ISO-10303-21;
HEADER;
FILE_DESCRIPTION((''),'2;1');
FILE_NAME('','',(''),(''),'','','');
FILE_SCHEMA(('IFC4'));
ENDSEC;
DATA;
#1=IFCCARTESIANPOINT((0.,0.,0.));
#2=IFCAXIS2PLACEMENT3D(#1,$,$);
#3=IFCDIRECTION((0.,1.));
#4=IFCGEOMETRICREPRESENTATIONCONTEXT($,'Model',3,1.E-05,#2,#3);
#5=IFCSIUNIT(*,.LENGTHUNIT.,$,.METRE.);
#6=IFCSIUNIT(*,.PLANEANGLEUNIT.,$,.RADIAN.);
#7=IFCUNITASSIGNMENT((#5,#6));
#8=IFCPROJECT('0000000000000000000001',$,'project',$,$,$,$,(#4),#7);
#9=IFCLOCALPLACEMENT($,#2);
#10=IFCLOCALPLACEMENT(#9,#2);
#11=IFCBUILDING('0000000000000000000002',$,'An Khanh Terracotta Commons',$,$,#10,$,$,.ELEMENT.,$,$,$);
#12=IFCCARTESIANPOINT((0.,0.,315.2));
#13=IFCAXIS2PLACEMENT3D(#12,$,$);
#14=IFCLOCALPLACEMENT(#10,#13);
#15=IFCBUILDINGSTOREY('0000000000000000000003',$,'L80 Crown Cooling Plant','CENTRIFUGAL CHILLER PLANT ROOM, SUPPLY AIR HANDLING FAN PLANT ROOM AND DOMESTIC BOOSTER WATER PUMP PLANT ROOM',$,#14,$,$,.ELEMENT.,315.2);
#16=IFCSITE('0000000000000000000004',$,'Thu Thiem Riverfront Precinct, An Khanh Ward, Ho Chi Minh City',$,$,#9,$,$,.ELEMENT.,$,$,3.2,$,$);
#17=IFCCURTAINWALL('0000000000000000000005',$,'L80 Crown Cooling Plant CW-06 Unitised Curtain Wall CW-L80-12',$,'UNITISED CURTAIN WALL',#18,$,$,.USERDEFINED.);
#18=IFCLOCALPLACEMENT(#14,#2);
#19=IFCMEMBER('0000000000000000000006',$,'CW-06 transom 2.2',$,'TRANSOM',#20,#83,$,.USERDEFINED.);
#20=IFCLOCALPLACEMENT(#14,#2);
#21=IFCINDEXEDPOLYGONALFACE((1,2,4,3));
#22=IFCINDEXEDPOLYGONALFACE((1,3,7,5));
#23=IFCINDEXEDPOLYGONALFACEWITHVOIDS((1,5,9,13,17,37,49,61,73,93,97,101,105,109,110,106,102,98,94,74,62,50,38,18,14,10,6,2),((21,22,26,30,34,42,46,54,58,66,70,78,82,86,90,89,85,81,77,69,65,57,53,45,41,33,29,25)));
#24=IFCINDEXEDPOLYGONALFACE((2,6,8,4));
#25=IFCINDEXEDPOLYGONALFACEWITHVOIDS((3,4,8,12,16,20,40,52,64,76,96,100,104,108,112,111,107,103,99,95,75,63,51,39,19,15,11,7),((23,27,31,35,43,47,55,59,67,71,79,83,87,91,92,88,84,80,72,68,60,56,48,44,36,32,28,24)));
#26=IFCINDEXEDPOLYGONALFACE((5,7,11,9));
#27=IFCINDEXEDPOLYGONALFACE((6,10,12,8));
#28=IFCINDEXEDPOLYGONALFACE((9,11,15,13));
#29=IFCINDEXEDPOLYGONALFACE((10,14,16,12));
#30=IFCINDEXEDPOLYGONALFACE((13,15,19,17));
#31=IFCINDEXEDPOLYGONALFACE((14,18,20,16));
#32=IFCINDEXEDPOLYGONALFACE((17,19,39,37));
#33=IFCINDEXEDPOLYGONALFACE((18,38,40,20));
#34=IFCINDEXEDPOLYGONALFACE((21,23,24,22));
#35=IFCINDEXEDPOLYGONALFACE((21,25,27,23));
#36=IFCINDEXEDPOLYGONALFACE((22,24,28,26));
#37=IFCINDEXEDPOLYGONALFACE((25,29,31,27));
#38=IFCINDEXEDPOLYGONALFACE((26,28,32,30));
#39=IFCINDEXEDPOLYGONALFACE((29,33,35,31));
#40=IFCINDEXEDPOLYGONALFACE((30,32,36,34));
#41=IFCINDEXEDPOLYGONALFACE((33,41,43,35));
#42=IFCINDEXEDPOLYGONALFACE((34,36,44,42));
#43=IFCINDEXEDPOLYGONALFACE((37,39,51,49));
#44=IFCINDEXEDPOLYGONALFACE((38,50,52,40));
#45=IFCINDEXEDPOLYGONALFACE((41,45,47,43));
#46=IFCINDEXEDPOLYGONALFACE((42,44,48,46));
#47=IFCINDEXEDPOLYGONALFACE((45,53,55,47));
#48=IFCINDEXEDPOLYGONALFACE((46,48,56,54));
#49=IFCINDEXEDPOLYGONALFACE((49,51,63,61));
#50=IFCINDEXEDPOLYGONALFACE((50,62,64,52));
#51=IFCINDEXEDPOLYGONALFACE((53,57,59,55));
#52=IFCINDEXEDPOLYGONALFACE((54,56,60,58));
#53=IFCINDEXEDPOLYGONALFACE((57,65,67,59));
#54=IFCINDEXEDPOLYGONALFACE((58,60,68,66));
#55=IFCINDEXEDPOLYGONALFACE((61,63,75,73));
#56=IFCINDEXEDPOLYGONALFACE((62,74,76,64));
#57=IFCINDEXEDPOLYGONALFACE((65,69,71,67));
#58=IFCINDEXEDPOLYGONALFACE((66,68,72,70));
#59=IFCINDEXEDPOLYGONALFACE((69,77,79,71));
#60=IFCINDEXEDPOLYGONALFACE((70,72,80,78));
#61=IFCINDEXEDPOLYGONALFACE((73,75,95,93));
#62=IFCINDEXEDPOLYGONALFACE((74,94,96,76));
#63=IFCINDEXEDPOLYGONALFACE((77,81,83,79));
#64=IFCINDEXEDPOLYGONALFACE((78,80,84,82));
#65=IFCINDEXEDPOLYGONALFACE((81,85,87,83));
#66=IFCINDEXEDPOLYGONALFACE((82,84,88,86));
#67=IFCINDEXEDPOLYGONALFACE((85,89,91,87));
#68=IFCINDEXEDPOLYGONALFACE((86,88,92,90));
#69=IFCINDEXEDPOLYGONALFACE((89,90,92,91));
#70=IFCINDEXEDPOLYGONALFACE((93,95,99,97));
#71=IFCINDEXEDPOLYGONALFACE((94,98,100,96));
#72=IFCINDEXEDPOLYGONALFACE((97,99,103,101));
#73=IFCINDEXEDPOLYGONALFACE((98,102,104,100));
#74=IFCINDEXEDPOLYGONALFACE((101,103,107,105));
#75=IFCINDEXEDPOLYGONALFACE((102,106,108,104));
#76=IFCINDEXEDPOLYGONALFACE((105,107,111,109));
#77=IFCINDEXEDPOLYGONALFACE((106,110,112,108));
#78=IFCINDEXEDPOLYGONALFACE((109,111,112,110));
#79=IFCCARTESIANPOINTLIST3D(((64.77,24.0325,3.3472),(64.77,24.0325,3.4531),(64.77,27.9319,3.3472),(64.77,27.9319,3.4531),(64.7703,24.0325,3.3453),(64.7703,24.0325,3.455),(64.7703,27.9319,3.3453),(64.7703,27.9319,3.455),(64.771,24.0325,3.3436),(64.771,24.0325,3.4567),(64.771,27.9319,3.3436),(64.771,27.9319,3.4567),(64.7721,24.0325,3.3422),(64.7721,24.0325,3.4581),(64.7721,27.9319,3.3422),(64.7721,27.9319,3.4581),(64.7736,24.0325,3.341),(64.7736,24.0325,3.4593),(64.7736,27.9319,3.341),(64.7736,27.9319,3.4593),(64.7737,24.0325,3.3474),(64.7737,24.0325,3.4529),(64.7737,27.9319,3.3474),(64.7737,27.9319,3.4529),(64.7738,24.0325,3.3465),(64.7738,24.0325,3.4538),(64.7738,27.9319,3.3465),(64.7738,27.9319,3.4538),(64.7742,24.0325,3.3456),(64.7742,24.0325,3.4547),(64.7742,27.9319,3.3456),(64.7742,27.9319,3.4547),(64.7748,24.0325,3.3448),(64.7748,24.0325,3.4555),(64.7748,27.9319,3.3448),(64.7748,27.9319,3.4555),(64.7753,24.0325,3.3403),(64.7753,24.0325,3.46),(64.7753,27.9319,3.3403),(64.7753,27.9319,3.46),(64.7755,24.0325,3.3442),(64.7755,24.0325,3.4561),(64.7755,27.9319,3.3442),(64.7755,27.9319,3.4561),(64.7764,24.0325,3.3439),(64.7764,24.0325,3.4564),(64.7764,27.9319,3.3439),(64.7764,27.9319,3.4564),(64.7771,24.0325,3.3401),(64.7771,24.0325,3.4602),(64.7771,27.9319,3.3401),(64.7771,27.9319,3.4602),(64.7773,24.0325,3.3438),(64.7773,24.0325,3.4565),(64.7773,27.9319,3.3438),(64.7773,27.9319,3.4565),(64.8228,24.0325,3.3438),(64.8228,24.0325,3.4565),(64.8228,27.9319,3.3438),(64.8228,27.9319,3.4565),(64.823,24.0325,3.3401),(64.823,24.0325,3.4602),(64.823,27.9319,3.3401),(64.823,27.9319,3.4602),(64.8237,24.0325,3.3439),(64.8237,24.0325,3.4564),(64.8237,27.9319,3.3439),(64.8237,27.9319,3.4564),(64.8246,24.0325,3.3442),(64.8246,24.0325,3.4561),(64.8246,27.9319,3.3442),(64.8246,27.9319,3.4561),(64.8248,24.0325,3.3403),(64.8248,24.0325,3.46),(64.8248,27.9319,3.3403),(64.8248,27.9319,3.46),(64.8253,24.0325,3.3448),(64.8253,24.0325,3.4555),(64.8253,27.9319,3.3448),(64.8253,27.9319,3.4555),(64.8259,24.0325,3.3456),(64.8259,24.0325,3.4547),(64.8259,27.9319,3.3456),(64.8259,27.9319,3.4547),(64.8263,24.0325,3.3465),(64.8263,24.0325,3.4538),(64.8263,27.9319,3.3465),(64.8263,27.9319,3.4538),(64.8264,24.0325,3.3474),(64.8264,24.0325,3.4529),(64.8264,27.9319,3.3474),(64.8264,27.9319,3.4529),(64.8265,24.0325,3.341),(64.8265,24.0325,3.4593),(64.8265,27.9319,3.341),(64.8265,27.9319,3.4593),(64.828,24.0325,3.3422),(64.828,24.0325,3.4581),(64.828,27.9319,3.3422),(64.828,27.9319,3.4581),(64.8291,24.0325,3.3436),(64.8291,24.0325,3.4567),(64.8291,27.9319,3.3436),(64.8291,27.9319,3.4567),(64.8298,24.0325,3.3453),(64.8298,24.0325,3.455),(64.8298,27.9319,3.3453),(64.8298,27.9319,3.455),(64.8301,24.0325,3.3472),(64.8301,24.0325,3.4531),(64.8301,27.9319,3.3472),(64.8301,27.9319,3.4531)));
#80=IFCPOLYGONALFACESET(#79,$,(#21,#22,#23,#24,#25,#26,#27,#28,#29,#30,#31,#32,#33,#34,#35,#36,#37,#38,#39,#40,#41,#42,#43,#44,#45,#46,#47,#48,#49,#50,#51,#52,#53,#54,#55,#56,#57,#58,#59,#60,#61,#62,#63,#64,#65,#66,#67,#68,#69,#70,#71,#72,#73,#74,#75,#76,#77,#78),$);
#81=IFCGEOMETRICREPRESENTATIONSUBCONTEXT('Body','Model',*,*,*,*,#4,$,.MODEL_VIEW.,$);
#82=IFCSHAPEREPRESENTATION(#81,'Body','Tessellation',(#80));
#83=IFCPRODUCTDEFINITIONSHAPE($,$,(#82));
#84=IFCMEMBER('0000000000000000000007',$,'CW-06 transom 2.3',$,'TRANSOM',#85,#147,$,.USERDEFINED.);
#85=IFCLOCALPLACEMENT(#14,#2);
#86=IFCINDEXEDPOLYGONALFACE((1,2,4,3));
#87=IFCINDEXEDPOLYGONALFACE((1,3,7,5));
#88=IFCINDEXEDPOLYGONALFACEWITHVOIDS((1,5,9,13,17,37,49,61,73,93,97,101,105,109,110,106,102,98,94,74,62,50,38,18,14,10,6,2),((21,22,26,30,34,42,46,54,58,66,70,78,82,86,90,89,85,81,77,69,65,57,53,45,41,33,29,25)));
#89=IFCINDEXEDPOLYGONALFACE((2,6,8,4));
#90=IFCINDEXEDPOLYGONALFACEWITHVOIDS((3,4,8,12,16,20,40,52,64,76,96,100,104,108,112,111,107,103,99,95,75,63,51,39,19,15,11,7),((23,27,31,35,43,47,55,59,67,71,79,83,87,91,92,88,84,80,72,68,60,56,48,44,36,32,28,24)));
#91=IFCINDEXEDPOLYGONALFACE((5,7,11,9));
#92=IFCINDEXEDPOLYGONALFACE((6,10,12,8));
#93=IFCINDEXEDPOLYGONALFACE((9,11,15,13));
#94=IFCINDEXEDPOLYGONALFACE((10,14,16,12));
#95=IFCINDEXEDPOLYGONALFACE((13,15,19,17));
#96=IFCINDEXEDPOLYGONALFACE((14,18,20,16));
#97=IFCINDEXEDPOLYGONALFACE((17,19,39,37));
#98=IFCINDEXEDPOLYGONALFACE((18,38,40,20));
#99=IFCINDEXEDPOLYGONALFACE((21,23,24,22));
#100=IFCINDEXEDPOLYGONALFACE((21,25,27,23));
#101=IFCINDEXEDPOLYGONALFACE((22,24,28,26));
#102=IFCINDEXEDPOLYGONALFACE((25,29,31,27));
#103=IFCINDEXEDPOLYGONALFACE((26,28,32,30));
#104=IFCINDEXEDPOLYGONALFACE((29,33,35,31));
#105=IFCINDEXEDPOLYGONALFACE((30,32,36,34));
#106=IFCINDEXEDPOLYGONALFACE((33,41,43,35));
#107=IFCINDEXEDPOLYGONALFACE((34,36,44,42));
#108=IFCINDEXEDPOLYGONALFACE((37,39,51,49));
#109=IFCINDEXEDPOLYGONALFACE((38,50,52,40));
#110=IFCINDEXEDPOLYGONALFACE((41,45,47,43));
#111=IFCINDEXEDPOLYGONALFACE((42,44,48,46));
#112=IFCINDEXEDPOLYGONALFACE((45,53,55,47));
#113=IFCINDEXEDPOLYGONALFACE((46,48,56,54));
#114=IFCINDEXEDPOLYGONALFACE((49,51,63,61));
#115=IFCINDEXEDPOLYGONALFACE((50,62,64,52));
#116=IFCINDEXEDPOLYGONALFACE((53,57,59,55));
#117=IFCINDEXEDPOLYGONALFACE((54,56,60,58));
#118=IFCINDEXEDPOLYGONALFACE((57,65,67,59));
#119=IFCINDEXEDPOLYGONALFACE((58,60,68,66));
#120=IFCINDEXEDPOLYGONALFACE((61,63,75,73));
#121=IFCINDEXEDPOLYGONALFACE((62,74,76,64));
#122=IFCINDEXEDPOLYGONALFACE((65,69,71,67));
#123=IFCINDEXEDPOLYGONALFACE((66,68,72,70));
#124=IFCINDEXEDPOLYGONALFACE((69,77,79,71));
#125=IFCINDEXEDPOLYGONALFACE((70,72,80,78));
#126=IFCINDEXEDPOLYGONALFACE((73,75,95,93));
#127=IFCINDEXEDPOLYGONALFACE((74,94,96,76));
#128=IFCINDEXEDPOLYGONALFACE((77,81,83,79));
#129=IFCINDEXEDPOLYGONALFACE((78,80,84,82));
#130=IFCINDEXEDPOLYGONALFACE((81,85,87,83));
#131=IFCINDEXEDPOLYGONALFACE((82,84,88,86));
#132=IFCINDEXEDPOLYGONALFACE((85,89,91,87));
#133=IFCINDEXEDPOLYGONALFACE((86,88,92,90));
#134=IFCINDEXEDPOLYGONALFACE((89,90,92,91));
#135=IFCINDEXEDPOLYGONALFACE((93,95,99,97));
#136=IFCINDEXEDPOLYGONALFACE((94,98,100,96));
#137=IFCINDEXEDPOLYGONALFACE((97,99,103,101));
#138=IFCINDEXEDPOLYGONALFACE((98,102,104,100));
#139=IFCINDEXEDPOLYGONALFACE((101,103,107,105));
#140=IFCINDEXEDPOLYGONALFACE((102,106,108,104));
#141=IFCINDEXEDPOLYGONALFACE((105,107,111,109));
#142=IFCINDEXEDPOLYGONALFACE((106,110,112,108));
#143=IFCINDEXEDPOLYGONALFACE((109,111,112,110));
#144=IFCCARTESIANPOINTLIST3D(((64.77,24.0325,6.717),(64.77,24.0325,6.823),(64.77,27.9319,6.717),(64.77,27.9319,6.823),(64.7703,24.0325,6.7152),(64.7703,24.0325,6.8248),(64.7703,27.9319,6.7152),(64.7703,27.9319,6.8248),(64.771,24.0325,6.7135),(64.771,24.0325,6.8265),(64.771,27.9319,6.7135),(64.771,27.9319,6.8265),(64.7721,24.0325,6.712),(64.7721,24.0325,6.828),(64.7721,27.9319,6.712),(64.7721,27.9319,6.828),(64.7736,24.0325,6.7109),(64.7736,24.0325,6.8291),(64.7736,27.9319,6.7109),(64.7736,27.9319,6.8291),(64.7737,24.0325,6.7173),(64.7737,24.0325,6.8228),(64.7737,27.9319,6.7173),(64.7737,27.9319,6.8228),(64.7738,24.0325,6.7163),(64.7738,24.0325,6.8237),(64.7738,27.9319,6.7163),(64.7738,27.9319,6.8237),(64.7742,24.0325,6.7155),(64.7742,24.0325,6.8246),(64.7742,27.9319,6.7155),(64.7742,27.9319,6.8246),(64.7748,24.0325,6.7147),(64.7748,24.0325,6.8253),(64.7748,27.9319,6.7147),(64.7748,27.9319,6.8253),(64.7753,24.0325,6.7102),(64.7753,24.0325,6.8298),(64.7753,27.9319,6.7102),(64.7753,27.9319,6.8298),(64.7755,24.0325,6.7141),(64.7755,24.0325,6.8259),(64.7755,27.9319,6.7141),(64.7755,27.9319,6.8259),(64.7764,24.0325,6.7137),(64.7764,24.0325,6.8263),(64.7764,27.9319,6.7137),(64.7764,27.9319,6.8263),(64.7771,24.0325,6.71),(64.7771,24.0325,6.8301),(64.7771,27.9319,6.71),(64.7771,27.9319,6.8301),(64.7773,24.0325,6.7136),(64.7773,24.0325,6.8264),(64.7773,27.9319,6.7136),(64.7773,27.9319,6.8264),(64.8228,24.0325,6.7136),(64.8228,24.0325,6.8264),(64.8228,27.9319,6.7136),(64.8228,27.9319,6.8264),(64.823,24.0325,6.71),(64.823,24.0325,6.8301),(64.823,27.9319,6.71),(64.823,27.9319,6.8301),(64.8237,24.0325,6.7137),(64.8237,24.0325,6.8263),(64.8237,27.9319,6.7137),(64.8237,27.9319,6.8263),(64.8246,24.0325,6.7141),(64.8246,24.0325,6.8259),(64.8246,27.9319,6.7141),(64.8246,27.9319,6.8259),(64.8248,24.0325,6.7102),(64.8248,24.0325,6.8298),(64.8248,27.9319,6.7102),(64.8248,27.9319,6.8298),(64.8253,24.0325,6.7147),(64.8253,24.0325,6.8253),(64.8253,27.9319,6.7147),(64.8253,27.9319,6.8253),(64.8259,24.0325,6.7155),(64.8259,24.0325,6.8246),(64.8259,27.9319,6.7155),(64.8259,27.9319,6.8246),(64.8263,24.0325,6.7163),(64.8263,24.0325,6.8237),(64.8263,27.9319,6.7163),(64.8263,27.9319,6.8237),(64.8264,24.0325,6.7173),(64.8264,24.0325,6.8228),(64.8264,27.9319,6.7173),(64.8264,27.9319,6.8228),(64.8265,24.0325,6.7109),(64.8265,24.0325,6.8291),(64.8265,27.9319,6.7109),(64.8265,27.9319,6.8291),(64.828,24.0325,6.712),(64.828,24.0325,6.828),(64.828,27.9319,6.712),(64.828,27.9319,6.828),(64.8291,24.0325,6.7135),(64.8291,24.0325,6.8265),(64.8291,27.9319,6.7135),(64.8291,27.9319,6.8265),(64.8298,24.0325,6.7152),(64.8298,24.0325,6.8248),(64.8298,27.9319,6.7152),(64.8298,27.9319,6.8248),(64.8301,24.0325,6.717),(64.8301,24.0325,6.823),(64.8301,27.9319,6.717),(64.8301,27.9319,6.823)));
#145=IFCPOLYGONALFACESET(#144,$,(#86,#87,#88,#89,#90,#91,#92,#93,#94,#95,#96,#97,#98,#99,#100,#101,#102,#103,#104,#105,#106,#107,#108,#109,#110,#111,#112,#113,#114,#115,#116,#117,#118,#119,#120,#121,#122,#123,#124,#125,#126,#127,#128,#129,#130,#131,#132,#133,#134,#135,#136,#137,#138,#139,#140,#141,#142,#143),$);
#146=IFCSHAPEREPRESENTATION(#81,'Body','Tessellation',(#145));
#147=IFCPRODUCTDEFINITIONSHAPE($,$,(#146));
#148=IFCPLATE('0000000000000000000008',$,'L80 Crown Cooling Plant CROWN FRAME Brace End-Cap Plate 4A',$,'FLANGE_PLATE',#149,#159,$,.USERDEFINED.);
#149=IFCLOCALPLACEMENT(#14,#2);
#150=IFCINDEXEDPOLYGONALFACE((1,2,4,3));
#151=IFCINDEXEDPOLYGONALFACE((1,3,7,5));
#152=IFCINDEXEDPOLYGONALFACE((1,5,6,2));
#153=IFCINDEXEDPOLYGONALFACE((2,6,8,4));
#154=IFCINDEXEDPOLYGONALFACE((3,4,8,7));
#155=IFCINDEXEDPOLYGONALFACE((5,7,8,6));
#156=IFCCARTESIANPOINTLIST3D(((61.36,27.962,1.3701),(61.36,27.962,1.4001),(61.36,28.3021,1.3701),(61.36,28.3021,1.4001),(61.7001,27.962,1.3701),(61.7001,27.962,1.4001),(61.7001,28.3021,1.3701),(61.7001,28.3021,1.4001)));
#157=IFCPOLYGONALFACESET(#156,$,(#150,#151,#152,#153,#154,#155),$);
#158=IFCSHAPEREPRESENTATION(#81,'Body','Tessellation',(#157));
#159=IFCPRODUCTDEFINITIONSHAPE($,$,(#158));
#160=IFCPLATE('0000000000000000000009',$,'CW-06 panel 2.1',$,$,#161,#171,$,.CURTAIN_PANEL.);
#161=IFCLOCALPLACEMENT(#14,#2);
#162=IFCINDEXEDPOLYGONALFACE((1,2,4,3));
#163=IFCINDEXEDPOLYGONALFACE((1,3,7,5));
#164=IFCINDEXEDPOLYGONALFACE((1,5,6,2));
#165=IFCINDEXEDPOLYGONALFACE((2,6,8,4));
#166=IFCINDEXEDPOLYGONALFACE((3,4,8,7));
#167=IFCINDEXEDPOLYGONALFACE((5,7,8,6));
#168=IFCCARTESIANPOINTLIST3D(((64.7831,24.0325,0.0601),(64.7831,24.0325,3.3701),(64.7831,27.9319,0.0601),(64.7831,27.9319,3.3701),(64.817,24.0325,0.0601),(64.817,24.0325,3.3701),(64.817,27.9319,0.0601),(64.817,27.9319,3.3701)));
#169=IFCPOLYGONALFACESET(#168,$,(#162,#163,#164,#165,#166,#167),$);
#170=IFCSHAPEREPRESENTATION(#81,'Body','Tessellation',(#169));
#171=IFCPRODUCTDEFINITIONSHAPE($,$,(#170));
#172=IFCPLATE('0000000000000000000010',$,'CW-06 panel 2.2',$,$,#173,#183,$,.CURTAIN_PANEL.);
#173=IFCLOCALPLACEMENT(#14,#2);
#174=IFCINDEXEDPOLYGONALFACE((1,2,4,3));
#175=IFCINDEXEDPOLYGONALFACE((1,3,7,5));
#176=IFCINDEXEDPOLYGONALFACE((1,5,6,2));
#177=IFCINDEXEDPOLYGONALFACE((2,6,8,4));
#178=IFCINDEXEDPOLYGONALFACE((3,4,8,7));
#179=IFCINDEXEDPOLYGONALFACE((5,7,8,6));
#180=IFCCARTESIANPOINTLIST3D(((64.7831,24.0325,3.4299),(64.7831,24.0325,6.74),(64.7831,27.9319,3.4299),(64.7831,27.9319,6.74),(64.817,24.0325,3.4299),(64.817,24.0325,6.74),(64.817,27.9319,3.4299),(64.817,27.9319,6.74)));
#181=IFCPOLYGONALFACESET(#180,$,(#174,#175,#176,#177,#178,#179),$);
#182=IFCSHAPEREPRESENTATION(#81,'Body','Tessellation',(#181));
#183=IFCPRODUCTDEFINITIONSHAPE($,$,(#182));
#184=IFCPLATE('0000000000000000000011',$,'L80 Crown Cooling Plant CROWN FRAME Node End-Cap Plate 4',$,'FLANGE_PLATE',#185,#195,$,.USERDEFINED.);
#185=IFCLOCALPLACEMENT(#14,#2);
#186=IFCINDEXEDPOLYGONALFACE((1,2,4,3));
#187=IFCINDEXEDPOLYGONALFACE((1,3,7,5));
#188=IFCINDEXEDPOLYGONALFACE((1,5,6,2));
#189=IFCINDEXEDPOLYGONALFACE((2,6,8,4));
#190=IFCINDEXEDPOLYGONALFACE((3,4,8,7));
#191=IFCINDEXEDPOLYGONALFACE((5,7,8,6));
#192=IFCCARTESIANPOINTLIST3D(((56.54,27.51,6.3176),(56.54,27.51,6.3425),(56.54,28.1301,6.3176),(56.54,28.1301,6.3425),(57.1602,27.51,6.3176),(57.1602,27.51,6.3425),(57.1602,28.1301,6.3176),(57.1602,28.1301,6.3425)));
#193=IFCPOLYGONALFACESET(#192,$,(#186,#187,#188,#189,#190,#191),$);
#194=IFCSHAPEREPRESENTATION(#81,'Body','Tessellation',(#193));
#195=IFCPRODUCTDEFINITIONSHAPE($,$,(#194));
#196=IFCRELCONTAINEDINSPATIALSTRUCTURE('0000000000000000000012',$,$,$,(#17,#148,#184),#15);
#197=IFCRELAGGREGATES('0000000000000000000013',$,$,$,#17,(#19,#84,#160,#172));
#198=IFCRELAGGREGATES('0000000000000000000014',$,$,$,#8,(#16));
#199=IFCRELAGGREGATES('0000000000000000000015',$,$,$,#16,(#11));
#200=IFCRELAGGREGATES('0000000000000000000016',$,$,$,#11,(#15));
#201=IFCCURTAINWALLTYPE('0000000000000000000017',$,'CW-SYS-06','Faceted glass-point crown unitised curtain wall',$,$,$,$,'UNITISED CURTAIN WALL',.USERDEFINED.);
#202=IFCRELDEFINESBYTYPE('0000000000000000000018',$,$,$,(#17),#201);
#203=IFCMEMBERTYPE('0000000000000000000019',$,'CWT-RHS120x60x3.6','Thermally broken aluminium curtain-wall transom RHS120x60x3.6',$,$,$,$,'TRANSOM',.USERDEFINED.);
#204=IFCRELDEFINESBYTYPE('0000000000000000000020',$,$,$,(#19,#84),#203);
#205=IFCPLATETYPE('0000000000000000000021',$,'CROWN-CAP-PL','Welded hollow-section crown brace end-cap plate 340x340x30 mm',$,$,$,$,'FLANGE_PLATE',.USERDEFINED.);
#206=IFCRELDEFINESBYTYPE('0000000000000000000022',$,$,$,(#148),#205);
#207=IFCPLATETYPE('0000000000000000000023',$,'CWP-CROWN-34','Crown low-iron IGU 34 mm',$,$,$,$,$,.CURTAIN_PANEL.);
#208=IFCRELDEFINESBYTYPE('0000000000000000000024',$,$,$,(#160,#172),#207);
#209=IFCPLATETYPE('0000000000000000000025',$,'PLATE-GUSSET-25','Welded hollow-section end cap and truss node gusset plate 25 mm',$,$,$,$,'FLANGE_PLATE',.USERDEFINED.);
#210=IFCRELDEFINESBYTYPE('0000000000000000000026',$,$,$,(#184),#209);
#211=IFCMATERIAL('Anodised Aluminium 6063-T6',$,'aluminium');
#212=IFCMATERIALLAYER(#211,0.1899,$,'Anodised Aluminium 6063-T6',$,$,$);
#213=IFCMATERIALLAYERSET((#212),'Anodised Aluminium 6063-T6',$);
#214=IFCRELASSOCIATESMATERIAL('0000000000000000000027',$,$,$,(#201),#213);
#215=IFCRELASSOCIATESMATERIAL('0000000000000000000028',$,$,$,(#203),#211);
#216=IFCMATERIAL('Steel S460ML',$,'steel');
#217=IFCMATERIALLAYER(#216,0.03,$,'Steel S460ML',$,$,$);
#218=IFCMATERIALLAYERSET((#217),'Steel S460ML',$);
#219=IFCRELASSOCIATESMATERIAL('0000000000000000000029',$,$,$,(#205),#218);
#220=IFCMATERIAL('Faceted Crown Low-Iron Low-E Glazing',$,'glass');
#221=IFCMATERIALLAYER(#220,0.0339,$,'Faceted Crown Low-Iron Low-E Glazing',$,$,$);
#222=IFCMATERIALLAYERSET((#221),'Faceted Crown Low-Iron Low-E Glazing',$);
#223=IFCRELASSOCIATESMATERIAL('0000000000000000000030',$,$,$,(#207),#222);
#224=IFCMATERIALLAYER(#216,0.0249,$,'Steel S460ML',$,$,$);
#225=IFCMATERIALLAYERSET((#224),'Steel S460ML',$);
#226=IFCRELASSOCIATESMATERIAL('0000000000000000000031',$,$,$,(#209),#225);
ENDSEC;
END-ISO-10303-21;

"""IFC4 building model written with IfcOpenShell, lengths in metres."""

from ifc_helpers import new_model, si_unit, direction, frame, origin, origin_2d, place, context, subcontext, project, spatial, rectangle, hollow_rectangle, extrude, material, layer, layer_set, material_profile, profile_set, type_object, element, aggregate, save


model = new_model("IFC4")

# Units and contexts
model_context = context("Model", 3, precision=1e-05, world=origin(), true_north=direction((0.0, 1.0)))
body_context = subcontext(model_context, "Body", "Model", "MODEL_VIEW")
ifc_project = project(units=[si_unit("LENGTHUNIT", "METRE"), si_unit("PLANEANGLEUNIT", "RADIAN")], contexts=[model_context])

# Site, building, storey
site_placement = place(None, origin())
site = spatial("IfcSite", under=ifc_project, at=site_placement, Name="Thu Thiem Riverfront Precinct, An Khanh Ward, Ho Chi Minh City", CompositionType="ELEMENT", RefElevation=3.2)
building_placement = place(site_placement, origin())
building = spatial("IfcBuilding", under=site, at=building_placement, Name="An Khanh Terracotta Commons", CompositionType="ELEMENT")
storey_placement = place(building_placement, frame((0.0, 0.0, 315.2)))
storey = spatial("IfcBuildingStorey", under=building, at=storey_placement, Name="L80 Crown Cooling Plant", Description="CENTRIFUGAL CHILLER PLANT ROOM, SUPPLY AIR HANDLING FAN PLANT ROOM AND DOMESTIC BOOSTER WATER PUMP PLANT ROOM", CompositionType="ELEMENT", Elevation=315.2)

# Shared definitions
ifc_material_1 = material(Name="Steel S460ML", Category="steel")

# Curtain wall
ifc_material_2 = material(Name="Anodised Aluminium 6063-T6", Category="aluminium")
ifc_layer_1 = layer(ifc_material_2, 0.1899, Name="Anodised Aluminium 6063-T6")
ifc_layer_set_1 = layer_set([ifc_layer_1], Name="Anodised Aluminium 6063-T6")
curtain_wall_type = type_object("IfcCurtainWallType", Name="CW-SYS-06", Description="Faceted glass-point crown unitised curtain wall", ElementType="UNITISED CURTAIN WALL", PredefinedType="USERDEFINED", material=ifc_layer_set_1)
curtain_wall_1_placement = place(storey_placement, origin())
curtain_wall_1 = element("IfcCurtainWall", 1, at=curtain_wall_1_placement, inside=storey, type_object=curtain_wall_type, Name="L80 Crown Cooling Plant CW-06 Unitised Curtain Wall CW-L80-12", ObjectType="UNITISED CURTAIN WALL", PredefinedType="USERDEFINED")

# Members
ifc_material_profile_1 = material_profile(ifc_material_2, hollow_rectangle(XDim=0.0601, YDim=0.1201, WallThickness=0.0037, InnerFilletRadius=0.0037, OuterFilletRadius=0.0071, at=origin_2d()), Name="RHS120x60x3.6")
ifc_profile_set_1 = profile_set([ifc_material_profile_1], Name="Anodised Aluminium 6063-T6")
member_type_1 = type_object("IfcMemberType", Name="CWT-RHS120x60x3.6", Description="Thermally broken aluminium curtain-wall transom RHS120x60x3.6", ElementType="TRANSOM", PredefinedType="USERDEFINED", material=ifc_profile_set_1)
member_1_placement = place(storey_placement, frame((64.8, 24.0325, 3.4001), z_axis=(0.0, 1.0, 0.0), x_axis=(-1.0, 0.0, 0.0)))
member_1 = element("IfcMember", 2, at=member_1_placement, type_object=member_type_1, Name="CW-06 transom 2.2", ObjectType="TRANSOM", PredefinedType="USERDEFINED", context=body_context, shape_type="SweptSolid", body=[
    extrude(hollow_rectangle(XDim=0.0601, YDim=0.1201, WallThickness=0.0037, InnerFilletRadius=0.0037, OuterFilletRadius=0.0071, at=origin_2d()), origin(), (0.0, 0.0, 1.0), 3.8994),
])
member_2_placement = place(storey_placement, frame((64.8, 24.0325, 6.77), z_axis=(0.0, 1.0, 0.0), x_axis=(-1.0, 0.0, 0.0)))
member_2 = element("IfcMember", 3, at=member_2_placement, type_object=member_type_1, Name="CW-06 transom 2.3", ObjectType="TRANSOM", PredefinedType="USERDEFINED", context=body_context, shape_type="SweptSolid", body=[
    extrude(hollow_rectangle(XDim=0.0601, YDim=0.1201, WallThickness=0.0037, InnerFilletRadius=0.0037, OuterFilletRadius=0.0071, at=origin_2d()), origin(), (0.0, 0.0, 1.0), 3.8994),
])

# Plates
ifc_layer_2 = layer(ifc_material_1, 0.03, Name="Steel S460ML")
ifc_layer_set_2 = layer_set([ifc_layer_2], Name="Steel S460ML")
plate_type_1 = type_object("IfcPlateType", Name="CROWN-CAP-PL", Description="Welded hollow-section crown brace end-cap plate 340x340x30 mm", ElementType="FLANGE_PLATE", PredefinedType="USERDEFINED", material=ifc_layer_set_2)
plate_1_placement = place(storey_placement, frame((61.53, 28.1321, 1.3701), z_axis=(0.0, 0.0, 1.0), x_axis=(1.0, 0.0, 0.0)))
element("IfcPlate", 4, at=plate_1_placement, inside=storey, type_object=plate_type_1, Name="L80 Crown Cooling Plant CROWN FRAME Brace End-Cap Plate 4A", ObjectType="FLANGE_PLATE", PredefinedType="USERDEFINED", context=body_context, shape_type="SweptSolid", body=[
    extrude(rectangle(XDim=0.3401, YDim=0.3401, at=origin_2d()), origin(), (0.0, 0.0, 1.0), 0.03),
])
ifc_material_3 = material(Name="Faceted Crown Low-Iron Low-E Glazing", Category="glass")
ifc_layer_3 = layer(ifc_material_3, 0.0339, Name="Faceted Crown Low-Iron Low-E Glazing")
ifc_layer_set_3 = layer_set([ifc_layer_3], Name="Faceted Crown Low-Iron Low-E Glazing")
plate_type_2 = type_object("IfcPlateType", Name="CWP-CROWN-34", Description="Crown low-iron IGU 34 mm", PredefinedType="CURTAIN_PANEL", material=ifc_layer_set_3)
plate_2_placement = place(storey_placement, frame((64.8, 25.9822, 0.0601), z_axis=(0.0, 0.0, 1.0), x_axis=(0.0, 1.0, 0.0)))
plate_2 = element("IfcPlate", 5, at=plate_2_placement, type_object=plate_type_2, Name="CW-06 panel 2.1", PredefinedType="CURTAIN_PANEL", context=body_context, shape_type="SweptSolid", body=[
    extrude(rectangle(XDim=3.8994, YDim=0.0339, at=origin_2d()), origin(), (0.0, 0.0, 1.0), 3.3101),
])
plate_3_placement = place(storey_placement, frame((64.8, 25.9822, 3.4299), z_axis=(0.0, 0.0, 1.0), x_axis=(0.0, 1.0, 0.0)))
plate_3 = element("IfcPlate", 6, at=plate_3_placement, type_object=plate_type_2, Name="CW-06 panel 2.2", PredefinedType="CURTAIN_PANEL", context=body_context, shape_type="SweptSolid", body=[
    extrude(rectangle(XDim=3.8994, YDim=0.0339, at=origin_2d()), origin(), (0.0, 0.0, 1.0), 3.3101),
])
aggregate(curtain_wall_1, [member_1, member_2, plate_2, plate_3])
ifc_layer_4 = layer(ifc_material_1, 0.0249, Name="Steel S460ML")
ifc_layer_set_4 = layer_set([ifc_layer_4], Name="Steel S460ML")
plate_type_3 = type_object("IfcPlateType", Name="PLATE-GUSSET-25", Description="Welded hollow-section end cap and truss node gusset plate 25 mm", ElementType="FLANGE_PLATE", PredefinedType="USERDEFINED", material=ifc_layer_set_4)
plate_4_placement = place(storey_placement, frame((56.8501, 27.8201, 6.3176), z_axis=(0.0, 0.0, 1.0), x_axis=(1.0, 0.0, 0.0)))
element("IfcPlate", 7, at=plate_4_placement, inside=storey, type_object=plate_type_3, Name="L80 Crown Cooling Plant CROWN FRAME Node End-Cap Plate 4", ObjectType="FLANGE_PLATE", PredefinedType="USERDEFINED", context=body_context, shape_type="SweptSolid", body=[
    extrude(rectangle(XDim=0.6201, YDim=0.6201, at=origin_2d()), origin(), (0.0, 0.0, 1.0), 0.0249),
])

save(model, "model.ifc")
